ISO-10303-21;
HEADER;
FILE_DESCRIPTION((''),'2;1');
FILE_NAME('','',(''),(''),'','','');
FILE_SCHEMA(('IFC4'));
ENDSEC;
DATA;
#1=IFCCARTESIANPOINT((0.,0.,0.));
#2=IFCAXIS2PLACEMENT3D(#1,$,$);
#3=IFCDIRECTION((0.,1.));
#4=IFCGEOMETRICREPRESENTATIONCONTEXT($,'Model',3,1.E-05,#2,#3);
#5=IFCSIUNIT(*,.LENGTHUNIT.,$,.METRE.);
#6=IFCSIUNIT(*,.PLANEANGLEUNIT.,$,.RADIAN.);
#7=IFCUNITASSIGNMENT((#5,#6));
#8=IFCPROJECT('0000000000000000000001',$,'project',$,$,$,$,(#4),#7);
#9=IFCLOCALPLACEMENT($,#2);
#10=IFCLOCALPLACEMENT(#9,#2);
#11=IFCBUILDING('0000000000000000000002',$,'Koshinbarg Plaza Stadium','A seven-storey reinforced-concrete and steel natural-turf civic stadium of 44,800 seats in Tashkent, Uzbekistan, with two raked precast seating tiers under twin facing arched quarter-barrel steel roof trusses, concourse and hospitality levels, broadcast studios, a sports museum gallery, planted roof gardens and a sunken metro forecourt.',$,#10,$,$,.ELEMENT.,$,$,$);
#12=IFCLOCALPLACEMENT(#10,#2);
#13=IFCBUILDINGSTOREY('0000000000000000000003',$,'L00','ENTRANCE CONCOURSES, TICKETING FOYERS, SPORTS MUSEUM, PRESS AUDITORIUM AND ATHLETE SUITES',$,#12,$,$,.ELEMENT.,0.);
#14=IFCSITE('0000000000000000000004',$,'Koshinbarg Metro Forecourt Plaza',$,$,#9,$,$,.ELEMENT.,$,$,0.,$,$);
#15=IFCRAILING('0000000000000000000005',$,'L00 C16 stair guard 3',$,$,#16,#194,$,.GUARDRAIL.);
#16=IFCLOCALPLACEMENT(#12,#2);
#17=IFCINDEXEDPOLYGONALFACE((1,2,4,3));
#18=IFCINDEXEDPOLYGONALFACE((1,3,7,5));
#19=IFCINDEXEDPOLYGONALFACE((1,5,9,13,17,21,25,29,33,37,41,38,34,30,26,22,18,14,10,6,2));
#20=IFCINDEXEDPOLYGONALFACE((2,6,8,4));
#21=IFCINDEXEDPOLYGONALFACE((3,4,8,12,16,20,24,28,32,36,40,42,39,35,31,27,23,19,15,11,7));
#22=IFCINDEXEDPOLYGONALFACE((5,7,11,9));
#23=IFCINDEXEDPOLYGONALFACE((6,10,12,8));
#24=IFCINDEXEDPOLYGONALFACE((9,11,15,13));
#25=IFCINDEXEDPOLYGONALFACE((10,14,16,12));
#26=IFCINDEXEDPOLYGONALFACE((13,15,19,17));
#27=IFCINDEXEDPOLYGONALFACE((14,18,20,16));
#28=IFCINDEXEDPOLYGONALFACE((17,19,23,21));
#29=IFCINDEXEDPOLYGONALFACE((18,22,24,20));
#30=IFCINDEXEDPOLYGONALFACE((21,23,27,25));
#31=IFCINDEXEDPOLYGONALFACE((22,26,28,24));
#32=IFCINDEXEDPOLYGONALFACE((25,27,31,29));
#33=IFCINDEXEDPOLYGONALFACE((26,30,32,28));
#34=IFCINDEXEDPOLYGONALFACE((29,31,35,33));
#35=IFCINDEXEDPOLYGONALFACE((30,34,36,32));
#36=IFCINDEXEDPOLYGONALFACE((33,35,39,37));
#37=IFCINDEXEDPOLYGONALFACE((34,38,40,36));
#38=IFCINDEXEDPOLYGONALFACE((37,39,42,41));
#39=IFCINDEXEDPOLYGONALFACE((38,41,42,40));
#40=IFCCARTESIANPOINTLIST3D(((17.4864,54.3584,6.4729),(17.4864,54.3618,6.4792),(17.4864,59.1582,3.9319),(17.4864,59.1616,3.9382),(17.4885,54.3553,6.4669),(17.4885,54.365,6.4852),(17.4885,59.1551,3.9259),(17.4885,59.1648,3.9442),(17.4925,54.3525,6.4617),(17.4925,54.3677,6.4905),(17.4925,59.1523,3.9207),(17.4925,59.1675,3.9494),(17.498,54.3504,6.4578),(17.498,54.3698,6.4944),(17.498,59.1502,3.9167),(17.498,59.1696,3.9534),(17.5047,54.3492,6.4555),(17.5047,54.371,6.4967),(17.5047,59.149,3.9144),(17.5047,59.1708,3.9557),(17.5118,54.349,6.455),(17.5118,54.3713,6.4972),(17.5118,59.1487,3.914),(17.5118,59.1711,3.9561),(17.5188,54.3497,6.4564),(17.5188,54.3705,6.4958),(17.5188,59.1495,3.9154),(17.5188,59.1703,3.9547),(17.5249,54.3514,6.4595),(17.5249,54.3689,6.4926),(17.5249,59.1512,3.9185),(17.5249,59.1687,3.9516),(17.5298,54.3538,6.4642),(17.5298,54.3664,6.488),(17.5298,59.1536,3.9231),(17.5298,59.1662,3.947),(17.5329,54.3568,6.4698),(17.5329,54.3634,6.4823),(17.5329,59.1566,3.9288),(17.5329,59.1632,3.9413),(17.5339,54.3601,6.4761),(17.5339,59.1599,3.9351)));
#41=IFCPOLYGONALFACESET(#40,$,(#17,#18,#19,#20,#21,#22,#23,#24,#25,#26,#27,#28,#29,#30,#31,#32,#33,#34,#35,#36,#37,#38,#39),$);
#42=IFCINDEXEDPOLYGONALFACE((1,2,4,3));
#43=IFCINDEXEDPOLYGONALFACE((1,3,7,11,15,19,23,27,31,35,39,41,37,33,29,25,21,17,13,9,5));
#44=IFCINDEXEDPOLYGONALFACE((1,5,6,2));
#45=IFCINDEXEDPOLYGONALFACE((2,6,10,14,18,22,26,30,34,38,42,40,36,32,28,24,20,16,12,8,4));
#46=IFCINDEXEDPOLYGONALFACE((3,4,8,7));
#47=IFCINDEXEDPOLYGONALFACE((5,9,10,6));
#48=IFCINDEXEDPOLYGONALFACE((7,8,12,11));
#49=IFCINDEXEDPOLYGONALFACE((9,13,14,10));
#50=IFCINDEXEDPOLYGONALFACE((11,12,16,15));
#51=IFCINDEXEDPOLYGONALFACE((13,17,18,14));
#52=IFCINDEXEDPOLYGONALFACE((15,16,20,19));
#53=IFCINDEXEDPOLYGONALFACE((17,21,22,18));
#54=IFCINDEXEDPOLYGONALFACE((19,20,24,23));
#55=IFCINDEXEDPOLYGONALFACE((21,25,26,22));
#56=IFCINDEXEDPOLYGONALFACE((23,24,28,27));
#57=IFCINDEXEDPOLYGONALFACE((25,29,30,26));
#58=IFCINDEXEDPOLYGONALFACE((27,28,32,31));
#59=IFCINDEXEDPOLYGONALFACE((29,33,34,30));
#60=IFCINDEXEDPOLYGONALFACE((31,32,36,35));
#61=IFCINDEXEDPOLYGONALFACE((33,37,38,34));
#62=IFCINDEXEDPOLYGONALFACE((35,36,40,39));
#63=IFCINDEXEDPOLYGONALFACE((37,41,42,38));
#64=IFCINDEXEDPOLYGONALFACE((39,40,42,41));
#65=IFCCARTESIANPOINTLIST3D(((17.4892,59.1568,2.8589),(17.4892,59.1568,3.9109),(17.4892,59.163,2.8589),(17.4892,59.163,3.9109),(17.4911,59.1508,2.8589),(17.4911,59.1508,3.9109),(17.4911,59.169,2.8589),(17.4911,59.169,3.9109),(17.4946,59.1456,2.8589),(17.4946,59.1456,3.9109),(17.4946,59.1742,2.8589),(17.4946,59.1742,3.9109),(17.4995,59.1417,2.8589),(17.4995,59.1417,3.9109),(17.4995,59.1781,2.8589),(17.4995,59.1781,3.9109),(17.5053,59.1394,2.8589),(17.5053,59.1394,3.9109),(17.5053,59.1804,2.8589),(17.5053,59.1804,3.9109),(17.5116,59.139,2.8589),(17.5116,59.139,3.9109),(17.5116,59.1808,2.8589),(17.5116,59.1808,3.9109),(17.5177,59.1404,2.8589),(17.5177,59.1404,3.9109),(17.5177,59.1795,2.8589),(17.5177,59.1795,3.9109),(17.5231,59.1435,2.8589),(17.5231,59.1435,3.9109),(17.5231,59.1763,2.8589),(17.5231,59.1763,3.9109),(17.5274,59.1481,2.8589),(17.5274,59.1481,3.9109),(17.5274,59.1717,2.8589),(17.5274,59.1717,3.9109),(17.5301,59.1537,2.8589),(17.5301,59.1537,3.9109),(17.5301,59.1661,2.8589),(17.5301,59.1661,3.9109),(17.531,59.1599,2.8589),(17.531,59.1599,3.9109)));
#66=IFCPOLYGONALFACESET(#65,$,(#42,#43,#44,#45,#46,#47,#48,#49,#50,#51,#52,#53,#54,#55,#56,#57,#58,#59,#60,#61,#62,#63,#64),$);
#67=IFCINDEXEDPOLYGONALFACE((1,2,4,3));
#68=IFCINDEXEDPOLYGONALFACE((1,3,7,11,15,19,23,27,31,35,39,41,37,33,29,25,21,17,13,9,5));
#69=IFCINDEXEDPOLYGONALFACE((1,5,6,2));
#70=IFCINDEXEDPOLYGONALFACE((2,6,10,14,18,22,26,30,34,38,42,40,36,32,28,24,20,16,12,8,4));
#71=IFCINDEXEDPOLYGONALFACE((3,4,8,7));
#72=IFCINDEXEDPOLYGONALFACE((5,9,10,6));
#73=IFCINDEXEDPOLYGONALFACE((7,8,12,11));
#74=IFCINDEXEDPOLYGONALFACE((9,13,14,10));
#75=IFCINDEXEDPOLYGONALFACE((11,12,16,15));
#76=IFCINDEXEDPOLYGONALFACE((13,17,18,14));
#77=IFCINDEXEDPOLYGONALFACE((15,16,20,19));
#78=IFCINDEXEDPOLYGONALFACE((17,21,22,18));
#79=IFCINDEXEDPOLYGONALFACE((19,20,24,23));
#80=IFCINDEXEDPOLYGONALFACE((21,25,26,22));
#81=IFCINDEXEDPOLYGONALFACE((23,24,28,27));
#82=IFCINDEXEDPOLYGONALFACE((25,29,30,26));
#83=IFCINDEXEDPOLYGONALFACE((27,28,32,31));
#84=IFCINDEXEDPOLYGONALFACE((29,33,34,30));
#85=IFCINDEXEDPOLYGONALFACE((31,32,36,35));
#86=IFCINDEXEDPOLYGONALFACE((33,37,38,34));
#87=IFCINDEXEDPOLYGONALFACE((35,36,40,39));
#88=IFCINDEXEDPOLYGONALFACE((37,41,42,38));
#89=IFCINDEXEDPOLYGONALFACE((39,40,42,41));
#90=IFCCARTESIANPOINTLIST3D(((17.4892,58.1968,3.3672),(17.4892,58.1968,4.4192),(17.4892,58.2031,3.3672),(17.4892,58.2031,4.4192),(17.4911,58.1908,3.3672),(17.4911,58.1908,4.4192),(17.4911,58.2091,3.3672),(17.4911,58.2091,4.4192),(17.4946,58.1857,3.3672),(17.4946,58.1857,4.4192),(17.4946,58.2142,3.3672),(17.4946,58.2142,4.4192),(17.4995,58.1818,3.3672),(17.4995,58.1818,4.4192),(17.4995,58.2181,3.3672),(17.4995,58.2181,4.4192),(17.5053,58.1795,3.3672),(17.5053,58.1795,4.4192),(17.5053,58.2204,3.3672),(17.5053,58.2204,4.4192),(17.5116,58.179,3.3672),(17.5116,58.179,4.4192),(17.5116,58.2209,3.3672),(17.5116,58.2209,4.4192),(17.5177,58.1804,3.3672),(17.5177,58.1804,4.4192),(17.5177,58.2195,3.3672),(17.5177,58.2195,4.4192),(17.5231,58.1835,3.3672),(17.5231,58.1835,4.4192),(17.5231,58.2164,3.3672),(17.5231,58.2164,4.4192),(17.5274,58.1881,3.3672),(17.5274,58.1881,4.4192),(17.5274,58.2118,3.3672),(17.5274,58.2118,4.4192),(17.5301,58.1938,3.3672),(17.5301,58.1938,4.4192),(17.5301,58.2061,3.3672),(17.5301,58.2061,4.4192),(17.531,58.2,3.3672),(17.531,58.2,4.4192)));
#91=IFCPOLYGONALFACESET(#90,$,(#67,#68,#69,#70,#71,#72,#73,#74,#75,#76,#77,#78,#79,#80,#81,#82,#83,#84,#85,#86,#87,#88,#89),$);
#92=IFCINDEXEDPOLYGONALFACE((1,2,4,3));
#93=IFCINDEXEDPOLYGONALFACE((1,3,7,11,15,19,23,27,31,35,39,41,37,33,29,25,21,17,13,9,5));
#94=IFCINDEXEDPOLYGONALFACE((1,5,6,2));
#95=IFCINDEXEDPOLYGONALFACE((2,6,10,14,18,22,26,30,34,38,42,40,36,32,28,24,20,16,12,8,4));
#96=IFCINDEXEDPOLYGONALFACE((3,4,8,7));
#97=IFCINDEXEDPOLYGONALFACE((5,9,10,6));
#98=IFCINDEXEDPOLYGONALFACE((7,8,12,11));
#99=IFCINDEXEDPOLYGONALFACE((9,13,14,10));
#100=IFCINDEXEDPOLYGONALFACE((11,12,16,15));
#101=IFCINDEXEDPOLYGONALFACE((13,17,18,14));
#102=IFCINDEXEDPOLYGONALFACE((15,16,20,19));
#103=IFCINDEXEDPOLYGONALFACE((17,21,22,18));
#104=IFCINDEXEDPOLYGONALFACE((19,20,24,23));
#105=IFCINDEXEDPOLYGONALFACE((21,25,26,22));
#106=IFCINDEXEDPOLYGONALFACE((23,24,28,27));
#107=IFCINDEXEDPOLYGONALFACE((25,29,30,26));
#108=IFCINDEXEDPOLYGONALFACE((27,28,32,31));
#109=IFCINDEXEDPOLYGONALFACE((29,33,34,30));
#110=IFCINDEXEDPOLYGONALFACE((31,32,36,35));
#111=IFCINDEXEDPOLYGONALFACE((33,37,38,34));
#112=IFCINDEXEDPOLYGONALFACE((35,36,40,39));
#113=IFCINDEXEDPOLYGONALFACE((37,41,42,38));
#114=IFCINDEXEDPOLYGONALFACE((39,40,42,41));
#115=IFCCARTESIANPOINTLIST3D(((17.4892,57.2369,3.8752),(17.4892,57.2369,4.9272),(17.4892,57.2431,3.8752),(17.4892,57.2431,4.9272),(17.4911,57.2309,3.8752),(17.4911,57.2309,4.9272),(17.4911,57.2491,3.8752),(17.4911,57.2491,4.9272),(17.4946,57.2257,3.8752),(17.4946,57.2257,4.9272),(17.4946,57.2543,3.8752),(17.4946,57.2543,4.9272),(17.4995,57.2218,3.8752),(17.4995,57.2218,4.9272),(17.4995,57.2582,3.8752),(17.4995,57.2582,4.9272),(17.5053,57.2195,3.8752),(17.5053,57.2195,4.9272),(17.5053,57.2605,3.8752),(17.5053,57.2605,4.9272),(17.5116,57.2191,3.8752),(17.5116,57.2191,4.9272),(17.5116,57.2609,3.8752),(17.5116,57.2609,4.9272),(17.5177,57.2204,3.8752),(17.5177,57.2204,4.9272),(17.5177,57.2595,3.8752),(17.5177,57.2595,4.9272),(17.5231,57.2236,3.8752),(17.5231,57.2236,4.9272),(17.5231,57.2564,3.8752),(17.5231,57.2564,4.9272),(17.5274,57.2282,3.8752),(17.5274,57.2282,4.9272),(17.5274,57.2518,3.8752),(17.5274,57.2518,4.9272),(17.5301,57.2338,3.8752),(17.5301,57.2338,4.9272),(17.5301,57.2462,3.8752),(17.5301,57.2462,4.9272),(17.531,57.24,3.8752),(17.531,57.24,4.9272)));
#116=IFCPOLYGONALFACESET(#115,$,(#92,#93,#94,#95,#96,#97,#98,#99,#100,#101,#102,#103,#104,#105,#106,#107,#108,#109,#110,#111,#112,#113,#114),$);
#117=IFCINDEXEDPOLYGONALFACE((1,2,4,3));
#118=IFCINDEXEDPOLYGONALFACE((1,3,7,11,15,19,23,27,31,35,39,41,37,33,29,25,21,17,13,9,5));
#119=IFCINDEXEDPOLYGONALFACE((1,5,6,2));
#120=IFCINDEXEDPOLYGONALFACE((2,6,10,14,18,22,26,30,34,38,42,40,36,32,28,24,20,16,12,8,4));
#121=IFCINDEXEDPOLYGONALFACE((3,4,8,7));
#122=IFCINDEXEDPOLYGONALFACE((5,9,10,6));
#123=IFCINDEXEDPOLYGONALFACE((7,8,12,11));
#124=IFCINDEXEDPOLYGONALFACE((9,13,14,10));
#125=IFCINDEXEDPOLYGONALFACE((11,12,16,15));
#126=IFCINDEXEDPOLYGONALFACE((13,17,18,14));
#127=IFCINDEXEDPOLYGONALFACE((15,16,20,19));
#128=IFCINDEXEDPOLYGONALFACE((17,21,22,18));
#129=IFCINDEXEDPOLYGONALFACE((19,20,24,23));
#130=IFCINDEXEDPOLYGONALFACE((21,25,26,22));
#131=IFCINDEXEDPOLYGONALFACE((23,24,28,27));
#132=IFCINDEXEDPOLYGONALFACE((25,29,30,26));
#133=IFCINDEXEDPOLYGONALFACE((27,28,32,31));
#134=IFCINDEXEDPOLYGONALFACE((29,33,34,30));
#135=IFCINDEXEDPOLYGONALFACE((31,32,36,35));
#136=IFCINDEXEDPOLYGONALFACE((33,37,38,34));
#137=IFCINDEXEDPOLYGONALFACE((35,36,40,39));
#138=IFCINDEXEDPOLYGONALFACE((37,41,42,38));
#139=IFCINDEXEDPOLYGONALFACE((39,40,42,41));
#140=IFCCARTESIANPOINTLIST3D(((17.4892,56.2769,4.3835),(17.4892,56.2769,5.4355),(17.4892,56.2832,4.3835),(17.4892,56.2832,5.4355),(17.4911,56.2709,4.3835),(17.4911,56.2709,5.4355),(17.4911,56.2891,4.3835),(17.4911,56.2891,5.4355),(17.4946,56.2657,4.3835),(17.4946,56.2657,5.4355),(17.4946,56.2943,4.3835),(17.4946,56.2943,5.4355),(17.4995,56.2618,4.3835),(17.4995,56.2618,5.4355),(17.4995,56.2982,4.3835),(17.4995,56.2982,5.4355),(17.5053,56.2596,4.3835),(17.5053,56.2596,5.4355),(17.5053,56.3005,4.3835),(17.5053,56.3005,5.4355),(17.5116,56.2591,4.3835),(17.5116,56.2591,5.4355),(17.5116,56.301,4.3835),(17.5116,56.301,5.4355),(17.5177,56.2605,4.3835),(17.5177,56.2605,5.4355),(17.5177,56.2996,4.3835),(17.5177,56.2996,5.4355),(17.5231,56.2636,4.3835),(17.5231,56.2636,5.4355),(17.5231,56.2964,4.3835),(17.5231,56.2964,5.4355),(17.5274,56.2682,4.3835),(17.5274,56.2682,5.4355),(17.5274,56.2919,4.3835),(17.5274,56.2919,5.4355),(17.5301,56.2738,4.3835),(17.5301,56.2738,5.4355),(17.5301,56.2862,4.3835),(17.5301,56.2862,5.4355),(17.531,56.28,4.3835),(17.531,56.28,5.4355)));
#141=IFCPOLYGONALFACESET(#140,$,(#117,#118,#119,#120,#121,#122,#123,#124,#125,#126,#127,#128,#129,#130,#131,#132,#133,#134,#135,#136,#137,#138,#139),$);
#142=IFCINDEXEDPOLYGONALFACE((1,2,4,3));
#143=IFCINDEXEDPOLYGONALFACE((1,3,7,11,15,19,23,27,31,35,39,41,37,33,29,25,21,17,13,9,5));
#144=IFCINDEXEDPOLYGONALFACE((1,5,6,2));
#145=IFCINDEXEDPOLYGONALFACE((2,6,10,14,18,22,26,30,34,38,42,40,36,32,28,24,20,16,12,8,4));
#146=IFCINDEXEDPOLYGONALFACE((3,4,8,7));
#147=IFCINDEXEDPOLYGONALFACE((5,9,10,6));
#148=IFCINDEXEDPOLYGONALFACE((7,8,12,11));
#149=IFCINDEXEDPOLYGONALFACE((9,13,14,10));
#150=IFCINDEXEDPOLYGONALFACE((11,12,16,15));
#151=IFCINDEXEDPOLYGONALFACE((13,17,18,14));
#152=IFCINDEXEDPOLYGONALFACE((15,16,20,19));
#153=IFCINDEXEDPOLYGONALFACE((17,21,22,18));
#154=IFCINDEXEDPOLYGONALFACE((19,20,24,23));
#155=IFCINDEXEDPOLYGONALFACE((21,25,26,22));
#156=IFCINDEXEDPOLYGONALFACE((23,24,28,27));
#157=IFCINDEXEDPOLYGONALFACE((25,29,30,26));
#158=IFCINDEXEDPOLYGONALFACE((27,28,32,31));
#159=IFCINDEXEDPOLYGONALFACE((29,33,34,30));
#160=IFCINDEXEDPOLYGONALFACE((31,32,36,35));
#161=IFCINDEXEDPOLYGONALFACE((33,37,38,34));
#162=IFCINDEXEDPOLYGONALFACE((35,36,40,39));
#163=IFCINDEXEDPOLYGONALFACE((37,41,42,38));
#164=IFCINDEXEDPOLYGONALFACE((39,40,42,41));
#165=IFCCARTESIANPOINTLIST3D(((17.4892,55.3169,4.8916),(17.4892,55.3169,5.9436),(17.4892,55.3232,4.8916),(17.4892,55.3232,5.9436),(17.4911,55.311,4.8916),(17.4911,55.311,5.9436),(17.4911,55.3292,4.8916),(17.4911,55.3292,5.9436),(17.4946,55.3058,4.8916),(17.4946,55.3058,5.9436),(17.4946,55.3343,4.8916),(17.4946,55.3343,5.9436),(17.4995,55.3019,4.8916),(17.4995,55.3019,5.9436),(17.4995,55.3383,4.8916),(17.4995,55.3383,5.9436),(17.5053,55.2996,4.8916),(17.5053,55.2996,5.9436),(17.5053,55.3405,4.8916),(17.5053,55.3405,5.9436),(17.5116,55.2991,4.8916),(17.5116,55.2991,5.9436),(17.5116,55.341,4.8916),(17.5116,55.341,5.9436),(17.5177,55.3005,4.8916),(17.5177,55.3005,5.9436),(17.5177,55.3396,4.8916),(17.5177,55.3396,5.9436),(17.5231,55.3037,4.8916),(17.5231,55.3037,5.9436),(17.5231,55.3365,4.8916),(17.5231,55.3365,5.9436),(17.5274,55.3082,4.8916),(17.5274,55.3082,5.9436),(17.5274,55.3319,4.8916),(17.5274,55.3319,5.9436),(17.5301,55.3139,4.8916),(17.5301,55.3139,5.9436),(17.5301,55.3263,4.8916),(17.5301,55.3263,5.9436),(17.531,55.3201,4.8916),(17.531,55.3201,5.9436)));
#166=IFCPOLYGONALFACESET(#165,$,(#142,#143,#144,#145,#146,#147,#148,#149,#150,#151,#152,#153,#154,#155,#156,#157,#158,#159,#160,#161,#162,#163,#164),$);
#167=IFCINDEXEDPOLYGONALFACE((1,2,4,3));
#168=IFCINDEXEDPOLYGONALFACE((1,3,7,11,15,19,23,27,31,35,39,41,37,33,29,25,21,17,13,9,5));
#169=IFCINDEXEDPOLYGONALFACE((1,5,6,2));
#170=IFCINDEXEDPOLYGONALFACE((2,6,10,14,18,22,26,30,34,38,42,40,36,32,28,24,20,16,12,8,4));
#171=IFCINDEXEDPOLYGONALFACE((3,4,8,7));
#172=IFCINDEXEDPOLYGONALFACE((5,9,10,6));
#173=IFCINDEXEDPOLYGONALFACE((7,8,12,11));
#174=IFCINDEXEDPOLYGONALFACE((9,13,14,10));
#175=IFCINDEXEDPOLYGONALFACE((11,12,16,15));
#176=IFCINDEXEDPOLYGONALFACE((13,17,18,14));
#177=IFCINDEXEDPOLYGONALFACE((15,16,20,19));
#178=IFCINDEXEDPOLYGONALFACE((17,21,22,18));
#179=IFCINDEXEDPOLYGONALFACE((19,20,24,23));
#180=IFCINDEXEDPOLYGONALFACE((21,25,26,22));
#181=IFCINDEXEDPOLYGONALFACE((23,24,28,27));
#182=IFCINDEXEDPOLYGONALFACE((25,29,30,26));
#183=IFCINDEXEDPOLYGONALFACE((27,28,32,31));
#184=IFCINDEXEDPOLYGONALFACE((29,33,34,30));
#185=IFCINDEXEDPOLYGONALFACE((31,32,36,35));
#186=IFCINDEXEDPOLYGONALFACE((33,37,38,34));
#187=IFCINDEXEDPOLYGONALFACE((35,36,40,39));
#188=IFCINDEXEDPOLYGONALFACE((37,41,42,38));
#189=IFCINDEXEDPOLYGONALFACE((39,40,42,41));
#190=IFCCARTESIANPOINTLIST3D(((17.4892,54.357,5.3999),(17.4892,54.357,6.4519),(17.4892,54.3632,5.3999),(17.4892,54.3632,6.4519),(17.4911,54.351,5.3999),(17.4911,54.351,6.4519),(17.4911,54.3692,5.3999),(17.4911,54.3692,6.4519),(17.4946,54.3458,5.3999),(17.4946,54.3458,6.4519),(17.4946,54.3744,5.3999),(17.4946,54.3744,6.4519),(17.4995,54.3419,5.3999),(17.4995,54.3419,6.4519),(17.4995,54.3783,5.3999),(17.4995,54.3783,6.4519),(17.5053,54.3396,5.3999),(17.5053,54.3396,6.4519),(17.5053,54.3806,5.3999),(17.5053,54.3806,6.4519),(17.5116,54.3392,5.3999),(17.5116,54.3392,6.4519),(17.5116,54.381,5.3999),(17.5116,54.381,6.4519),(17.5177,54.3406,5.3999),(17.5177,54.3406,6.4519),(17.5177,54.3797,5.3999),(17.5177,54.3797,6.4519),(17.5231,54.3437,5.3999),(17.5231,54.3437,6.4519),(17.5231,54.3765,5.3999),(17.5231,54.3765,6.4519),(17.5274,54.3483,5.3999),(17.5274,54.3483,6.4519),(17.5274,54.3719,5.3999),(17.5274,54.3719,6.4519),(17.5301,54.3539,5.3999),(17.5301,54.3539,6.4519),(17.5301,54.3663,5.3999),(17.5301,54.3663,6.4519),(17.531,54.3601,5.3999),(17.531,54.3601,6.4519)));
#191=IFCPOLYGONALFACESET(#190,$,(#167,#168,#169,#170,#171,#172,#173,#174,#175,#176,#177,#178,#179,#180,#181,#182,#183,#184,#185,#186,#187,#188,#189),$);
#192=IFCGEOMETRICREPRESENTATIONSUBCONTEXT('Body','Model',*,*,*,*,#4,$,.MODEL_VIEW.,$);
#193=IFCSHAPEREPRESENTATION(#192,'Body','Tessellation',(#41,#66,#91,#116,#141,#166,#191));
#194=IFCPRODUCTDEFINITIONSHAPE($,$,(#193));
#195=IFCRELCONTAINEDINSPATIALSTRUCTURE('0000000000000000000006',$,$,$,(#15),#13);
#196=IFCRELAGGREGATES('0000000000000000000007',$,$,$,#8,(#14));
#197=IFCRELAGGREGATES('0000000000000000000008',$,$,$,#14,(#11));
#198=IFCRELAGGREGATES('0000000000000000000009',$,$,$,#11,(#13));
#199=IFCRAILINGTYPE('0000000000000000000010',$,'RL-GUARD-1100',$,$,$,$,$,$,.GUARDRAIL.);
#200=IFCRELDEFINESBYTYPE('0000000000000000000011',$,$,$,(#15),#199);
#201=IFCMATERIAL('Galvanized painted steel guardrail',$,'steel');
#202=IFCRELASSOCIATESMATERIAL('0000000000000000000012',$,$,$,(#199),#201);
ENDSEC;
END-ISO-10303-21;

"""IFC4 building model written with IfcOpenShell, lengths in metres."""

from ifc_helpers import new_model, si_unit, direction, frame, origin, origin_2d, place, context, subcontext, project, spatial, circle, extrude, material, type_object, element, save


model = new_model("IFC4")

# Units and contexts
model_context = context("Model", 3, precision=1e-05, world=origin(), true_north=direction((0.0, 1.0)))
body_context = subcontext(model_context, "Body", "Model", "MODEL_VIEW")
ifc_project = project(units=[si_unit("LENGTHUNIT", "METRE"), si_unit("PLANEANGLEUNIT", "RADIAN")], contexts=[model_context])

# Site, building, storey
site_placement = place(None, origin())
site = spatial("IfcSite", under=ifc_project, at=site_placement, Name="Koshinbarg Metro Forecourt Plaza", CompositionType="ELEMENT", RefElevation=0.0)
building_placement = place(site_placement, origin())
building = spatial("IfcBuilding", under=site, at=building_placement, Name="Koshinbarg Plaza Stadium", Description="A seven-storey reinforced-concrete and steel natural-turf civic stadium of 44,800 seats in Tashkent, Uzbekistan, with two raked precast seating tiers under twin facing arched quarter-barrel steel roof trusses, concourse and hospitality levels, broadcast studios, a sports museum gallery, planted roof gardens and a sunken metro forecourt.", CompositionType="ELEMENT")
storey_placement = place(building_placement, origin())
storey = spatial("IfcBuildingStorey", under=building, at=storey_placement, Name="L00", Description="ENTRANCE CONCOURSES, TICKETING FOYERS, SPORTS MUSEUM, PRESS AUDITORIUM AND ATHLETE SUITES", CompositionType="ELEMENT", Elevation=0.0)

# Railing
ifc_material_1 = material(Name="Galvanized painted steel guardrail", Category="steel")
railing_type_1 = type_object("IfcRailingType", Name="RL-GUARD-1100", PredefinedType="GUARDRAIL", material=ifc_material_1)
railing_1_placement = place(storey_placement, frame((17.51, 59.1599, 2.8589)))
element("IfcRailing", 1, at=railing_1_placement, inside=storey, type_object=railing_type_1, Name="L00 C16 stair guard 3", PredefinedType="GUARDRAIL", context=body_context, shape_type="SweptSolid", body=[
    extrude(circle(Radius=0.0239, at=origin_2d()), frame((0.0, 0.0, 1.0762), z_axis=(0.0, -0.883792, 0.467879), x_axis=(1.0, 0.0, 0.0)), (0.0, 0.0, 1.0), 5.4309),
    extrude(circle(Radius=0.021, at=origin_2d()), origin(), (0.0, 0.0, 1.0), 1.052),
    extrude(circle(Radius=0.021, at=origin_2d()), frame((0.0, -0.96, 0.5083)), (0.0, 0.0, 1.0), 1.052),
    extrude(circle(Radius=0.021, at=origin_2d()), frame((0.0, -1.9199, 1.0164)), (0.0, 0.0, 1.0), 1.052),
    extrude(circle(Radius=0.021, at=origin_2d()), frame((0.0, -2.8799, 1.5247)), (0.0, 0.0, 1.0), 1.052),
    extrude(circle(Radius=0.021, at=origin_2d()), frame((0.0, -3.8398, 2.0327)), (0.0, 0.0, 1.0), 1.052),
    extrude(circle(Radius=0.021, at=origin_2d()), frame((0.0, -4.7998, 2.541)), (0.0, 0.0, 1.0), 1.052),
])

save(model, "model.ifc")
